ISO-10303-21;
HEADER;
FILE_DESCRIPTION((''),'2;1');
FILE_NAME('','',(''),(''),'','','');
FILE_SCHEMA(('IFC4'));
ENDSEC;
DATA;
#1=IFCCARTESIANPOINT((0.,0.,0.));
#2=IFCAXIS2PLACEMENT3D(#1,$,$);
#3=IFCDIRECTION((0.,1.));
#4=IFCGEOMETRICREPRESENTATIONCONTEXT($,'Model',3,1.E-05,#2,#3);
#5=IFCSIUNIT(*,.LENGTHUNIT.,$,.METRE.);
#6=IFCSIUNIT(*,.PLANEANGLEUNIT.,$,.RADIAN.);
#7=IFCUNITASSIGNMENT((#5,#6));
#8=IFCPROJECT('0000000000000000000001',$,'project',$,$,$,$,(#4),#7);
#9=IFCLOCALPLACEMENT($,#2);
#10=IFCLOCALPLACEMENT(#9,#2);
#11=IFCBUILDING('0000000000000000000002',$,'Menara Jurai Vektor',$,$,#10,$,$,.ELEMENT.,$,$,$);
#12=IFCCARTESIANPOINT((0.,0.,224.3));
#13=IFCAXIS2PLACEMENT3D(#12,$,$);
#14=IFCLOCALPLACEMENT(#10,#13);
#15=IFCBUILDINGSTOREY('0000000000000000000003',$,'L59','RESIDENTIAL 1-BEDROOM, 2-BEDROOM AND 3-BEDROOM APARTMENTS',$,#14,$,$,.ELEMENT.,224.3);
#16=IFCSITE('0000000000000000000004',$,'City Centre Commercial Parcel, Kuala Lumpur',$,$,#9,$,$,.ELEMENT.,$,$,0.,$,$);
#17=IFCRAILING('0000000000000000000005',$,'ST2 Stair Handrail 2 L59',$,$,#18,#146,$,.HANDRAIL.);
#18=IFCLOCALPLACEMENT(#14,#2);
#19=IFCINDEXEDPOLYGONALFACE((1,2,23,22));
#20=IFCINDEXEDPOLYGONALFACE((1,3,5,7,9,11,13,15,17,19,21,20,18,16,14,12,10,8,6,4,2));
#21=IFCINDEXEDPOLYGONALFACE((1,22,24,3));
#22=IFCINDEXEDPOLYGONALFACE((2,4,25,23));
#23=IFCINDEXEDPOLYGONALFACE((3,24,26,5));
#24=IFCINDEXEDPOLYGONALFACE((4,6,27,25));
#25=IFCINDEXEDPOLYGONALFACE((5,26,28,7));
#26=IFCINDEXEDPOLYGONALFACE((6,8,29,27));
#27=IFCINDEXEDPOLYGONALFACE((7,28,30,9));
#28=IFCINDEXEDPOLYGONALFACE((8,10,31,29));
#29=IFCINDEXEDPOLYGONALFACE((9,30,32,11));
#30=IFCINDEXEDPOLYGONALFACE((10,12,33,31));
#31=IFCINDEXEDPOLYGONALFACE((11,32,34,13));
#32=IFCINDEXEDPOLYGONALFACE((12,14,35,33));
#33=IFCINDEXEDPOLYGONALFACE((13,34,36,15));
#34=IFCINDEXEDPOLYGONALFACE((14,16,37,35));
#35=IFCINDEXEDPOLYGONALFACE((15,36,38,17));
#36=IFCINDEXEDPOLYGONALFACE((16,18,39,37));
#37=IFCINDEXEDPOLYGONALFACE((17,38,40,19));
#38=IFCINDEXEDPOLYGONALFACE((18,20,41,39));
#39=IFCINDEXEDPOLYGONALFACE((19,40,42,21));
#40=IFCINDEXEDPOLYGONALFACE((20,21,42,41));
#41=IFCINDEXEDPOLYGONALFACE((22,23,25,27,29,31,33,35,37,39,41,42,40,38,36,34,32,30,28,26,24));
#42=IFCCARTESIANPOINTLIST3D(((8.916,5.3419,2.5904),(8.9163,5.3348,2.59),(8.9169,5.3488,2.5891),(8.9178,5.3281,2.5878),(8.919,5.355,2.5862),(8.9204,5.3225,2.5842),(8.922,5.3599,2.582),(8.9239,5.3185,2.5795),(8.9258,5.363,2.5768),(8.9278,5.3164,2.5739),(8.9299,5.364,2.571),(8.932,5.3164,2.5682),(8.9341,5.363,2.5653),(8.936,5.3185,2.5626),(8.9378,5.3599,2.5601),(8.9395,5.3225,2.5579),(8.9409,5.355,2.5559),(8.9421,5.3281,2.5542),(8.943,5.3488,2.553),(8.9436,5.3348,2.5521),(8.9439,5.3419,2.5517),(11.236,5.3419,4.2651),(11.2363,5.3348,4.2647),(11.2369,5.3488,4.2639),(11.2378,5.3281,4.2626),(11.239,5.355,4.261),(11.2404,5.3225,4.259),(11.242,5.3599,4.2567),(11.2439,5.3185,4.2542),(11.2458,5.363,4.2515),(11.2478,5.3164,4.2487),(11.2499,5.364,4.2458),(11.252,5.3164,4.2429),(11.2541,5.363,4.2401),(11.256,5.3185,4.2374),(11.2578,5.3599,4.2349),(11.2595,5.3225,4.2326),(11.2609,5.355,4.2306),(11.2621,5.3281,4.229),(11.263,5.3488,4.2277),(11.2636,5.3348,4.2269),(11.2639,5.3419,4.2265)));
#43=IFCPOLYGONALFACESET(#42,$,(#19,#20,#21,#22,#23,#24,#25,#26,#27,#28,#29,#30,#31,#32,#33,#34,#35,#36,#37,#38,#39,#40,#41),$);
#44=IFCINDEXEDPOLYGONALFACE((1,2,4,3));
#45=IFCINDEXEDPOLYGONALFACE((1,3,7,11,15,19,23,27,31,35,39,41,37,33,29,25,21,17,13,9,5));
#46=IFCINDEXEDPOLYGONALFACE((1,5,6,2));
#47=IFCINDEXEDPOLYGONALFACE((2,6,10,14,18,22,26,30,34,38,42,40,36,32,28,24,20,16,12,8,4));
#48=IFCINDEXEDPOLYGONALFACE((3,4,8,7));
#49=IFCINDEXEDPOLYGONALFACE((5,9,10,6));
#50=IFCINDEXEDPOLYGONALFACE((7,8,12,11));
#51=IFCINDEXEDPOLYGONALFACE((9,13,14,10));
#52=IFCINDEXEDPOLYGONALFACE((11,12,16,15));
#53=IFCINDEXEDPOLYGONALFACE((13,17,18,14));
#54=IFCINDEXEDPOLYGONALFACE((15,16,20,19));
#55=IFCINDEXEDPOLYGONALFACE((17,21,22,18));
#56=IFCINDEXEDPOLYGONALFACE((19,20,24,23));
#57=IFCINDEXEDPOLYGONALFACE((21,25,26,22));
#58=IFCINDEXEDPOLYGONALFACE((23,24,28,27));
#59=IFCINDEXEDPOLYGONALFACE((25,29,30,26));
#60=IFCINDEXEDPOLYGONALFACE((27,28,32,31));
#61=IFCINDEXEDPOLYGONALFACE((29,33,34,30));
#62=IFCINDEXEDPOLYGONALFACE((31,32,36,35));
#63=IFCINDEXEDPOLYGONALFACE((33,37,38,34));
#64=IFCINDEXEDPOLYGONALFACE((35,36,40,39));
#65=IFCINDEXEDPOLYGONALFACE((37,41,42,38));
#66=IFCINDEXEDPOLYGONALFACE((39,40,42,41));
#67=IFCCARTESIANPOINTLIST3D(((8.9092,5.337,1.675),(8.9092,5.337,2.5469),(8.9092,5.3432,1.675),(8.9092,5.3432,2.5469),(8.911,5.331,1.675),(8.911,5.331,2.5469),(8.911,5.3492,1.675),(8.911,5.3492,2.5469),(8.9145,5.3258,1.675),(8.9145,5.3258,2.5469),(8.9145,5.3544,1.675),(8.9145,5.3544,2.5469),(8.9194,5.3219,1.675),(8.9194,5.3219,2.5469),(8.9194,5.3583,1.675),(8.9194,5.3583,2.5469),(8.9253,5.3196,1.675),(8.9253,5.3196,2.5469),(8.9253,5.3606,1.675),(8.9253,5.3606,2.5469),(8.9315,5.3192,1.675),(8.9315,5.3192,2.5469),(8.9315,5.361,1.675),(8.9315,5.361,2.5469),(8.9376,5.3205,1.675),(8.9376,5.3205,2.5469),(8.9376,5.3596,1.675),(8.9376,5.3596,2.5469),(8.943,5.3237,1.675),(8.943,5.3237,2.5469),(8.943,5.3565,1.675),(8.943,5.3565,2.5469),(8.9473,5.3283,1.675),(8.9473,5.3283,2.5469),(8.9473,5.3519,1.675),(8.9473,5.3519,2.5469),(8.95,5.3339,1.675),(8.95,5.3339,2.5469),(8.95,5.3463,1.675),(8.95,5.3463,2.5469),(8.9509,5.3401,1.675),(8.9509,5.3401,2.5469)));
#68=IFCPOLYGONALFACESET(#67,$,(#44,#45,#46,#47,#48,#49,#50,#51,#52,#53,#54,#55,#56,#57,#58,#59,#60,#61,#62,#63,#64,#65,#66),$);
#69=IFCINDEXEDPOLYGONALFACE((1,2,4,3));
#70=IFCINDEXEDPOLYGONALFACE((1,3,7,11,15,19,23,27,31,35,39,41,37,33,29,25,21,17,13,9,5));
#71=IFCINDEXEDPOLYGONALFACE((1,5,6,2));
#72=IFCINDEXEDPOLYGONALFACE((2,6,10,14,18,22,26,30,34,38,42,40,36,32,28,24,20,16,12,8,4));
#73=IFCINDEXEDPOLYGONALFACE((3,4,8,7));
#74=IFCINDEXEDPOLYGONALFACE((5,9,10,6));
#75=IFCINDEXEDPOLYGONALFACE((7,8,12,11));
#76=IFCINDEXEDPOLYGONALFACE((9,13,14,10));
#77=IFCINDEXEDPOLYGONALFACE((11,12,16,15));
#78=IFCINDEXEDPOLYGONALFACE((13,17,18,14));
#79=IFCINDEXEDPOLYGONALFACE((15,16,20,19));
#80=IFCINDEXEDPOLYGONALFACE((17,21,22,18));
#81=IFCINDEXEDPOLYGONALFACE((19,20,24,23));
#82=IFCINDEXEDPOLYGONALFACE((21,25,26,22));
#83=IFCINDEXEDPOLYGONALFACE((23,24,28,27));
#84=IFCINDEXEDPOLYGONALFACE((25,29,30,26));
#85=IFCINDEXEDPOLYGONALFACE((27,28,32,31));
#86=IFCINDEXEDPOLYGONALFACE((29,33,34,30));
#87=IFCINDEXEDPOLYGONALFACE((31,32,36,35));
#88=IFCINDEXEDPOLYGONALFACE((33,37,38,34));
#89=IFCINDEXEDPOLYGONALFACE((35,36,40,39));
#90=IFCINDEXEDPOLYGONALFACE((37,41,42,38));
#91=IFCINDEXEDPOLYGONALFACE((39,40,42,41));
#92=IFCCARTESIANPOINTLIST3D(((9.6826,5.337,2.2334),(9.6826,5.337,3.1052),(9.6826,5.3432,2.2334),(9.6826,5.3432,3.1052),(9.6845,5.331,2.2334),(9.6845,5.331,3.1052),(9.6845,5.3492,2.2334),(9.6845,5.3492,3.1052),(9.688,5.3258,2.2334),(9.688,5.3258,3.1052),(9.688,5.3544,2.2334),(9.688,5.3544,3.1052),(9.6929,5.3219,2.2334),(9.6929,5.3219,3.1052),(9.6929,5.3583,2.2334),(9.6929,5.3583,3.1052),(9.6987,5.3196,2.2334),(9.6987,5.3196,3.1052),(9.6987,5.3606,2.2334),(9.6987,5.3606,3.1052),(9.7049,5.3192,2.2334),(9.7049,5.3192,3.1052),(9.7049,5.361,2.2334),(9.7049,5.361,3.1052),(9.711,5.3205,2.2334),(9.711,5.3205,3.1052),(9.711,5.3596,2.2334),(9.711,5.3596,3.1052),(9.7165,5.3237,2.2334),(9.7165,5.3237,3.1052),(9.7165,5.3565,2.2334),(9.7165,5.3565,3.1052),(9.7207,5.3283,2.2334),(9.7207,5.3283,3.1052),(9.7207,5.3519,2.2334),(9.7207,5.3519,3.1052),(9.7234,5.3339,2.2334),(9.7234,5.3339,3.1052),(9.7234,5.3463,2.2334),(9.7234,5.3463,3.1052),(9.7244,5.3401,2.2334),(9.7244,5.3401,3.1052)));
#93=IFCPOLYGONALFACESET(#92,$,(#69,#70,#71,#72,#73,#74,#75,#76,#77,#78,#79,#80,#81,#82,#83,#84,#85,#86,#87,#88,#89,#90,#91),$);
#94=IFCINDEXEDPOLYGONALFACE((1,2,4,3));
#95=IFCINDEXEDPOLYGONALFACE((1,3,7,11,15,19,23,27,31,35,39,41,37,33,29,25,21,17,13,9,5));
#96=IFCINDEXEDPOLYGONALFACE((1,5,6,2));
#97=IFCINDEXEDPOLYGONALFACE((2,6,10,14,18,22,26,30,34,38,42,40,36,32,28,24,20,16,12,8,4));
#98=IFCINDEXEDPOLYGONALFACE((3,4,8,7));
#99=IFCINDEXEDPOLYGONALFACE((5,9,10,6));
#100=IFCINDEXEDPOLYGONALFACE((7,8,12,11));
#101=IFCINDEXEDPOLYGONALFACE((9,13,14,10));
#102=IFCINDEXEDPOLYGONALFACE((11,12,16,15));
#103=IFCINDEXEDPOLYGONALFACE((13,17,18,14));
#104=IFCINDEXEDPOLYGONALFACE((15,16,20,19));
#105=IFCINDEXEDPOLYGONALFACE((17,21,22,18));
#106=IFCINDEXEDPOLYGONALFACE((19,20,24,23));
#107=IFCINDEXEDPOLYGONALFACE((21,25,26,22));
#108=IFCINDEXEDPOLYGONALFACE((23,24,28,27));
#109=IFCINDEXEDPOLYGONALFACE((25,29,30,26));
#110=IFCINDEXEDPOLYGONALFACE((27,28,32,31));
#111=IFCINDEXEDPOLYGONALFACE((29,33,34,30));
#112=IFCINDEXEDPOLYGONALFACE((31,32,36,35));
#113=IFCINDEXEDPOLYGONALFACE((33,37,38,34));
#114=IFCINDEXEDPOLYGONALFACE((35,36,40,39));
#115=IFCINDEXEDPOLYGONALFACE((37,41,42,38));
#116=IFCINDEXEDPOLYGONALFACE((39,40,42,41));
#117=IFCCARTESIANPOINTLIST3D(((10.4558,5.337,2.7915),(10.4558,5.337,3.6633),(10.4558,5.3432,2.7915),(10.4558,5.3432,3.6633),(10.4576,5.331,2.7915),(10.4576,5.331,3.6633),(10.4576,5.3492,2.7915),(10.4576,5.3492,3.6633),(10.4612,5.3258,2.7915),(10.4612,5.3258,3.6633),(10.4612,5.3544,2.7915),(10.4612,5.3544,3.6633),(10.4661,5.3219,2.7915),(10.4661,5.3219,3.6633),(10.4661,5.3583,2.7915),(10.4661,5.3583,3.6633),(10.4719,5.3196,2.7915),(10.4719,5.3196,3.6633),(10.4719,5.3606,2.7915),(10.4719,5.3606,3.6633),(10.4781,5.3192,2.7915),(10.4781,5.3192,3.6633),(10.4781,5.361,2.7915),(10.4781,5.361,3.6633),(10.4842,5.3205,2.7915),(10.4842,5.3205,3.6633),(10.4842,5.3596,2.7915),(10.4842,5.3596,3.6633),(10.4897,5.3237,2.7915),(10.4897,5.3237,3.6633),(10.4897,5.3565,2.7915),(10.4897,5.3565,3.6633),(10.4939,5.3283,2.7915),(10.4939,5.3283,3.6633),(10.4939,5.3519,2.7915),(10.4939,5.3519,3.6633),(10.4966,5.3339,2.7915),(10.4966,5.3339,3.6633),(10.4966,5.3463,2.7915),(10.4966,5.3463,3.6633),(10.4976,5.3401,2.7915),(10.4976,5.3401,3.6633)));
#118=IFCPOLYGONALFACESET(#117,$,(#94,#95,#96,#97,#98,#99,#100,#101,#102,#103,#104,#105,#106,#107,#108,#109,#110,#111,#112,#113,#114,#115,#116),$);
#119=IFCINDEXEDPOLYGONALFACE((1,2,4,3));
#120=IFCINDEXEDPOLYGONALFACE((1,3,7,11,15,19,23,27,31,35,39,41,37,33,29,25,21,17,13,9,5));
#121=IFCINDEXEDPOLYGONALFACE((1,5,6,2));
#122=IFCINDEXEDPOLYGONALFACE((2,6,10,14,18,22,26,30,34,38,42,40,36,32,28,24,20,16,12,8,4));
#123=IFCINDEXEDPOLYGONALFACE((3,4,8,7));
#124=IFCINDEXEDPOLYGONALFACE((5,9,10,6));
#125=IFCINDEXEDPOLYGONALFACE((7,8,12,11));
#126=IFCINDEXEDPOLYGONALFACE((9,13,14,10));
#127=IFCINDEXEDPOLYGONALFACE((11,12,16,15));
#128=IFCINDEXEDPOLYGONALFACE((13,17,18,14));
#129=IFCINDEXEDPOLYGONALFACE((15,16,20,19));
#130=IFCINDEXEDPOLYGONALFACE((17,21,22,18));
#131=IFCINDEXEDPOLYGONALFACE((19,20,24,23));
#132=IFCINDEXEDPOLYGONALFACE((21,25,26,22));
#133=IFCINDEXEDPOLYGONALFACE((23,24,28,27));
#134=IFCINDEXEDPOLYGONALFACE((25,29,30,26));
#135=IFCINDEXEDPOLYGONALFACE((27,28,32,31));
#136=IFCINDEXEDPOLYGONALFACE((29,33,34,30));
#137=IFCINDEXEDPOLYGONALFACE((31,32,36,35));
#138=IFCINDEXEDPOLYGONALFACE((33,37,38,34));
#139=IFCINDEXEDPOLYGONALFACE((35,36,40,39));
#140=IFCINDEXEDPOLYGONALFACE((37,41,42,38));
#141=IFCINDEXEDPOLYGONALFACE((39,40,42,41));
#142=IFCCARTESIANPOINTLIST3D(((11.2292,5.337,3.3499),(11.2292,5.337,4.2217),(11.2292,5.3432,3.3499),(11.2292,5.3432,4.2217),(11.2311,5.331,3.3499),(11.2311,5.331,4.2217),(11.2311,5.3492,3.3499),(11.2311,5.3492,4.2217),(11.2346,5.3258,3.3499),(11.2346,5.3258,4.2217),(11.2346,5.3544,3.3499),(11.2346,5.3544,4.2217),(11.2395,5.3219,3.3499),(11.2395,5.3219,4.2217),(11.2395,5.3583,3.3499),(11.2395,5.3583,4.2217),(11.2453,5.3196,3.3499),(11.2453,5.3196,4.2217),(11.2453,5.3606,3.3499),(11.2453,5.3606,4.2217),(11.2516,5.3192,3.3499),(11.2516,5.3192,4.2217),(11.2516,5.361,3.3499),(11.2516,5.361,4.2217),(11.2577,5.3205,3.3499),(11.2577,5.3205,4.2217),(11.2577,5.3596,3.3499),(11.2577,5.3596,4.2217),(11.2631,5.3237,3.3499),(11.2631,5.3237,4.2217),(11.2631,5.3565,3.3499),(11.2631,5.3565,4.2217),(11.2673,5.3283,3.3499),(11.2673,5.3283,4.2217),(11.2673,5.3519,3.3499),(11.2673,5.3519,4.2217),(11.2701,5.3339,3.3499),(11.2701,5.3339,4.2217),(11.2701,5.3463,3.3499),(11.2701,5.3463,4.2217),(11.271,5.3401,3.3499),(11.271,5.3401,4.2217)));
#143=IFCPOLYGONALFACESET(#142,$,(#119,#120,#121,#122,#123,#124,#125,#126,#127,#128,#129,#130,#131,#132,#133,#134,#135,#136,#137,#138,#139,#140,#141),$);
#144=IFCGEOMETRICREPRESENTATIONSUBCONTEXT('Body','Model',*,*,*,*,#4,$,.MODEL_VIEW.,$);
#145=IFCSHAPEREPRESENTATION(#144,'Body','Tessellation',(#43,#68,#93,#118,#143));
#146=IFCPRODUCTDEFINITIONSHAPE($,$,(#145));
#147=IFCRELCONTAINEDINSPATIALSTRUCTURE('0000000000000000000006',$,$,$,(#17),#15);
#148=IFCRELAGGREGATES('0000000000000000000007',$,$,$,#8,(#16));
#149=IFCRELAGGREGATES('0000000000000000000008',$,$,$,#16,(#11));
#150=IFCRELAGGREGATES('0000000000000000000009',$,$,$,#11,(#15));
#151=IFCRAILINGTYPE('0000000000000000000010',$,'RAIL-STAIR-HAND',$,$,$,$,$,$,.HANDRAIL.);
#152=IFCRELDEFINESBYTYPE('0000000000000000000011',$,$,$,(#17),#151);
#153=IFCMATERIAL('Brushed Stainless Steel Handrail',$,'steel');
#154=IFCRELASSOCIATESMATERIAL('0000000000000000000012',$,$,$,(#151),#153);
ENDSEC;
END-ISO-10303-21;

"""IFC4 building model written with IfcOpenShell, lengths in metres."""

from ifc_helpers import new_model, si_unit, direction, frame, origin, origin_2d, place, context, subcontext, project, spatial, circle, extrude, material, type_object, element, save


model = new_model("IFC4")

# Units and contexts
model_context = context("Model", 3, precision=1e-05, world=origin(), true_north=direction((0.0, 1.0)))
body_context = subcontext(model_context, "Body", "Model", "MODEL_VIEW")
ifc_project = project(units=[si_unit("LENGTHUNIT", "METRE"), si_unit("PLANEANGLEUNIT", "RADIAN")], contexts=[model_context])

# Site, building, storey
site_placement = place(None, origin())
site = spatial("IfcSite", under=ifc_project, at=site_placement, Name="City Centre Commercial Parcel, Kuala Lumpur", CompositionType="ELEMENT", RefElevation=0.0)
building_placement = place(site_placement, origin())
building = spatial("IfcBuilding", under=site, at=building_placement, Name="Menara Jurai Vektor", CompositionType="ELEMENT")
storey_placement = place(building_placement, frame((0.0, 0.0, 224.3)))
storey = spatial("IfcBuildingStorey", under=building, at=storey_placement, Name="L59", Description="RESIDENTIAL 1-BEDROOM, 2-BEDROOM AND 3-BEDROOM APARTMENTS", CompositionType="ELEMENT", Elevation=224.3)

# Railing
ifc_material_1 = material(Name="Brushed Stainless Steel Handrail", Category="steel")
railing_type_1 = type_object("IfcRailingType", Name="RAIL-STAIR-HAND", PredefinedType="HANDRAIL", material=ifc_material_1)
railing_1_placement = place(storey_placement, frame((8.9299, 5.3401, 1.675)))
element("IfcRailing", 1, at=railing_1_placement, inside=storey, type_object=railing_type_1, Name="ST2 Stair Handrail 2 L59", PredefinedType="HANDRAIL", context=body_context, shape_type="SweptSolid", body=[
    extrude(circle(Radius=0.0239, at=origin_2d()), frame((0.0, 0.0, 0.896), z_axis=(0.810812, 0.0, 0.585307), x_axis=(0.0, 1.0, 0.0)), (0.0, 0.0, 1.0), 2.8613),
    extrude(circle(Radius=0.021, at=origin_2d()), origin(), (0.0, 0.0, 1.0), 0.8718),
    extrude(circle(Radius=0.021, at=origin_2d()), frame((0.7734, 0.0, 0.5583)), (0.0, 0.0, 1.0), 0.8718),
    extrude(circle(Radius=0.021, at=origin_2d()), frame((1.5466, 0.0, 1.1165)), (0.0, 0.0, 1.0), 0.8718),
    extrude(circle(Radius=0.021, at=origin_2d()), frame((2.3201, 0.0, 1.6748)), (0.0, 0.0, 1.0), 0.8718),
])

save(model, "model.ifc")
